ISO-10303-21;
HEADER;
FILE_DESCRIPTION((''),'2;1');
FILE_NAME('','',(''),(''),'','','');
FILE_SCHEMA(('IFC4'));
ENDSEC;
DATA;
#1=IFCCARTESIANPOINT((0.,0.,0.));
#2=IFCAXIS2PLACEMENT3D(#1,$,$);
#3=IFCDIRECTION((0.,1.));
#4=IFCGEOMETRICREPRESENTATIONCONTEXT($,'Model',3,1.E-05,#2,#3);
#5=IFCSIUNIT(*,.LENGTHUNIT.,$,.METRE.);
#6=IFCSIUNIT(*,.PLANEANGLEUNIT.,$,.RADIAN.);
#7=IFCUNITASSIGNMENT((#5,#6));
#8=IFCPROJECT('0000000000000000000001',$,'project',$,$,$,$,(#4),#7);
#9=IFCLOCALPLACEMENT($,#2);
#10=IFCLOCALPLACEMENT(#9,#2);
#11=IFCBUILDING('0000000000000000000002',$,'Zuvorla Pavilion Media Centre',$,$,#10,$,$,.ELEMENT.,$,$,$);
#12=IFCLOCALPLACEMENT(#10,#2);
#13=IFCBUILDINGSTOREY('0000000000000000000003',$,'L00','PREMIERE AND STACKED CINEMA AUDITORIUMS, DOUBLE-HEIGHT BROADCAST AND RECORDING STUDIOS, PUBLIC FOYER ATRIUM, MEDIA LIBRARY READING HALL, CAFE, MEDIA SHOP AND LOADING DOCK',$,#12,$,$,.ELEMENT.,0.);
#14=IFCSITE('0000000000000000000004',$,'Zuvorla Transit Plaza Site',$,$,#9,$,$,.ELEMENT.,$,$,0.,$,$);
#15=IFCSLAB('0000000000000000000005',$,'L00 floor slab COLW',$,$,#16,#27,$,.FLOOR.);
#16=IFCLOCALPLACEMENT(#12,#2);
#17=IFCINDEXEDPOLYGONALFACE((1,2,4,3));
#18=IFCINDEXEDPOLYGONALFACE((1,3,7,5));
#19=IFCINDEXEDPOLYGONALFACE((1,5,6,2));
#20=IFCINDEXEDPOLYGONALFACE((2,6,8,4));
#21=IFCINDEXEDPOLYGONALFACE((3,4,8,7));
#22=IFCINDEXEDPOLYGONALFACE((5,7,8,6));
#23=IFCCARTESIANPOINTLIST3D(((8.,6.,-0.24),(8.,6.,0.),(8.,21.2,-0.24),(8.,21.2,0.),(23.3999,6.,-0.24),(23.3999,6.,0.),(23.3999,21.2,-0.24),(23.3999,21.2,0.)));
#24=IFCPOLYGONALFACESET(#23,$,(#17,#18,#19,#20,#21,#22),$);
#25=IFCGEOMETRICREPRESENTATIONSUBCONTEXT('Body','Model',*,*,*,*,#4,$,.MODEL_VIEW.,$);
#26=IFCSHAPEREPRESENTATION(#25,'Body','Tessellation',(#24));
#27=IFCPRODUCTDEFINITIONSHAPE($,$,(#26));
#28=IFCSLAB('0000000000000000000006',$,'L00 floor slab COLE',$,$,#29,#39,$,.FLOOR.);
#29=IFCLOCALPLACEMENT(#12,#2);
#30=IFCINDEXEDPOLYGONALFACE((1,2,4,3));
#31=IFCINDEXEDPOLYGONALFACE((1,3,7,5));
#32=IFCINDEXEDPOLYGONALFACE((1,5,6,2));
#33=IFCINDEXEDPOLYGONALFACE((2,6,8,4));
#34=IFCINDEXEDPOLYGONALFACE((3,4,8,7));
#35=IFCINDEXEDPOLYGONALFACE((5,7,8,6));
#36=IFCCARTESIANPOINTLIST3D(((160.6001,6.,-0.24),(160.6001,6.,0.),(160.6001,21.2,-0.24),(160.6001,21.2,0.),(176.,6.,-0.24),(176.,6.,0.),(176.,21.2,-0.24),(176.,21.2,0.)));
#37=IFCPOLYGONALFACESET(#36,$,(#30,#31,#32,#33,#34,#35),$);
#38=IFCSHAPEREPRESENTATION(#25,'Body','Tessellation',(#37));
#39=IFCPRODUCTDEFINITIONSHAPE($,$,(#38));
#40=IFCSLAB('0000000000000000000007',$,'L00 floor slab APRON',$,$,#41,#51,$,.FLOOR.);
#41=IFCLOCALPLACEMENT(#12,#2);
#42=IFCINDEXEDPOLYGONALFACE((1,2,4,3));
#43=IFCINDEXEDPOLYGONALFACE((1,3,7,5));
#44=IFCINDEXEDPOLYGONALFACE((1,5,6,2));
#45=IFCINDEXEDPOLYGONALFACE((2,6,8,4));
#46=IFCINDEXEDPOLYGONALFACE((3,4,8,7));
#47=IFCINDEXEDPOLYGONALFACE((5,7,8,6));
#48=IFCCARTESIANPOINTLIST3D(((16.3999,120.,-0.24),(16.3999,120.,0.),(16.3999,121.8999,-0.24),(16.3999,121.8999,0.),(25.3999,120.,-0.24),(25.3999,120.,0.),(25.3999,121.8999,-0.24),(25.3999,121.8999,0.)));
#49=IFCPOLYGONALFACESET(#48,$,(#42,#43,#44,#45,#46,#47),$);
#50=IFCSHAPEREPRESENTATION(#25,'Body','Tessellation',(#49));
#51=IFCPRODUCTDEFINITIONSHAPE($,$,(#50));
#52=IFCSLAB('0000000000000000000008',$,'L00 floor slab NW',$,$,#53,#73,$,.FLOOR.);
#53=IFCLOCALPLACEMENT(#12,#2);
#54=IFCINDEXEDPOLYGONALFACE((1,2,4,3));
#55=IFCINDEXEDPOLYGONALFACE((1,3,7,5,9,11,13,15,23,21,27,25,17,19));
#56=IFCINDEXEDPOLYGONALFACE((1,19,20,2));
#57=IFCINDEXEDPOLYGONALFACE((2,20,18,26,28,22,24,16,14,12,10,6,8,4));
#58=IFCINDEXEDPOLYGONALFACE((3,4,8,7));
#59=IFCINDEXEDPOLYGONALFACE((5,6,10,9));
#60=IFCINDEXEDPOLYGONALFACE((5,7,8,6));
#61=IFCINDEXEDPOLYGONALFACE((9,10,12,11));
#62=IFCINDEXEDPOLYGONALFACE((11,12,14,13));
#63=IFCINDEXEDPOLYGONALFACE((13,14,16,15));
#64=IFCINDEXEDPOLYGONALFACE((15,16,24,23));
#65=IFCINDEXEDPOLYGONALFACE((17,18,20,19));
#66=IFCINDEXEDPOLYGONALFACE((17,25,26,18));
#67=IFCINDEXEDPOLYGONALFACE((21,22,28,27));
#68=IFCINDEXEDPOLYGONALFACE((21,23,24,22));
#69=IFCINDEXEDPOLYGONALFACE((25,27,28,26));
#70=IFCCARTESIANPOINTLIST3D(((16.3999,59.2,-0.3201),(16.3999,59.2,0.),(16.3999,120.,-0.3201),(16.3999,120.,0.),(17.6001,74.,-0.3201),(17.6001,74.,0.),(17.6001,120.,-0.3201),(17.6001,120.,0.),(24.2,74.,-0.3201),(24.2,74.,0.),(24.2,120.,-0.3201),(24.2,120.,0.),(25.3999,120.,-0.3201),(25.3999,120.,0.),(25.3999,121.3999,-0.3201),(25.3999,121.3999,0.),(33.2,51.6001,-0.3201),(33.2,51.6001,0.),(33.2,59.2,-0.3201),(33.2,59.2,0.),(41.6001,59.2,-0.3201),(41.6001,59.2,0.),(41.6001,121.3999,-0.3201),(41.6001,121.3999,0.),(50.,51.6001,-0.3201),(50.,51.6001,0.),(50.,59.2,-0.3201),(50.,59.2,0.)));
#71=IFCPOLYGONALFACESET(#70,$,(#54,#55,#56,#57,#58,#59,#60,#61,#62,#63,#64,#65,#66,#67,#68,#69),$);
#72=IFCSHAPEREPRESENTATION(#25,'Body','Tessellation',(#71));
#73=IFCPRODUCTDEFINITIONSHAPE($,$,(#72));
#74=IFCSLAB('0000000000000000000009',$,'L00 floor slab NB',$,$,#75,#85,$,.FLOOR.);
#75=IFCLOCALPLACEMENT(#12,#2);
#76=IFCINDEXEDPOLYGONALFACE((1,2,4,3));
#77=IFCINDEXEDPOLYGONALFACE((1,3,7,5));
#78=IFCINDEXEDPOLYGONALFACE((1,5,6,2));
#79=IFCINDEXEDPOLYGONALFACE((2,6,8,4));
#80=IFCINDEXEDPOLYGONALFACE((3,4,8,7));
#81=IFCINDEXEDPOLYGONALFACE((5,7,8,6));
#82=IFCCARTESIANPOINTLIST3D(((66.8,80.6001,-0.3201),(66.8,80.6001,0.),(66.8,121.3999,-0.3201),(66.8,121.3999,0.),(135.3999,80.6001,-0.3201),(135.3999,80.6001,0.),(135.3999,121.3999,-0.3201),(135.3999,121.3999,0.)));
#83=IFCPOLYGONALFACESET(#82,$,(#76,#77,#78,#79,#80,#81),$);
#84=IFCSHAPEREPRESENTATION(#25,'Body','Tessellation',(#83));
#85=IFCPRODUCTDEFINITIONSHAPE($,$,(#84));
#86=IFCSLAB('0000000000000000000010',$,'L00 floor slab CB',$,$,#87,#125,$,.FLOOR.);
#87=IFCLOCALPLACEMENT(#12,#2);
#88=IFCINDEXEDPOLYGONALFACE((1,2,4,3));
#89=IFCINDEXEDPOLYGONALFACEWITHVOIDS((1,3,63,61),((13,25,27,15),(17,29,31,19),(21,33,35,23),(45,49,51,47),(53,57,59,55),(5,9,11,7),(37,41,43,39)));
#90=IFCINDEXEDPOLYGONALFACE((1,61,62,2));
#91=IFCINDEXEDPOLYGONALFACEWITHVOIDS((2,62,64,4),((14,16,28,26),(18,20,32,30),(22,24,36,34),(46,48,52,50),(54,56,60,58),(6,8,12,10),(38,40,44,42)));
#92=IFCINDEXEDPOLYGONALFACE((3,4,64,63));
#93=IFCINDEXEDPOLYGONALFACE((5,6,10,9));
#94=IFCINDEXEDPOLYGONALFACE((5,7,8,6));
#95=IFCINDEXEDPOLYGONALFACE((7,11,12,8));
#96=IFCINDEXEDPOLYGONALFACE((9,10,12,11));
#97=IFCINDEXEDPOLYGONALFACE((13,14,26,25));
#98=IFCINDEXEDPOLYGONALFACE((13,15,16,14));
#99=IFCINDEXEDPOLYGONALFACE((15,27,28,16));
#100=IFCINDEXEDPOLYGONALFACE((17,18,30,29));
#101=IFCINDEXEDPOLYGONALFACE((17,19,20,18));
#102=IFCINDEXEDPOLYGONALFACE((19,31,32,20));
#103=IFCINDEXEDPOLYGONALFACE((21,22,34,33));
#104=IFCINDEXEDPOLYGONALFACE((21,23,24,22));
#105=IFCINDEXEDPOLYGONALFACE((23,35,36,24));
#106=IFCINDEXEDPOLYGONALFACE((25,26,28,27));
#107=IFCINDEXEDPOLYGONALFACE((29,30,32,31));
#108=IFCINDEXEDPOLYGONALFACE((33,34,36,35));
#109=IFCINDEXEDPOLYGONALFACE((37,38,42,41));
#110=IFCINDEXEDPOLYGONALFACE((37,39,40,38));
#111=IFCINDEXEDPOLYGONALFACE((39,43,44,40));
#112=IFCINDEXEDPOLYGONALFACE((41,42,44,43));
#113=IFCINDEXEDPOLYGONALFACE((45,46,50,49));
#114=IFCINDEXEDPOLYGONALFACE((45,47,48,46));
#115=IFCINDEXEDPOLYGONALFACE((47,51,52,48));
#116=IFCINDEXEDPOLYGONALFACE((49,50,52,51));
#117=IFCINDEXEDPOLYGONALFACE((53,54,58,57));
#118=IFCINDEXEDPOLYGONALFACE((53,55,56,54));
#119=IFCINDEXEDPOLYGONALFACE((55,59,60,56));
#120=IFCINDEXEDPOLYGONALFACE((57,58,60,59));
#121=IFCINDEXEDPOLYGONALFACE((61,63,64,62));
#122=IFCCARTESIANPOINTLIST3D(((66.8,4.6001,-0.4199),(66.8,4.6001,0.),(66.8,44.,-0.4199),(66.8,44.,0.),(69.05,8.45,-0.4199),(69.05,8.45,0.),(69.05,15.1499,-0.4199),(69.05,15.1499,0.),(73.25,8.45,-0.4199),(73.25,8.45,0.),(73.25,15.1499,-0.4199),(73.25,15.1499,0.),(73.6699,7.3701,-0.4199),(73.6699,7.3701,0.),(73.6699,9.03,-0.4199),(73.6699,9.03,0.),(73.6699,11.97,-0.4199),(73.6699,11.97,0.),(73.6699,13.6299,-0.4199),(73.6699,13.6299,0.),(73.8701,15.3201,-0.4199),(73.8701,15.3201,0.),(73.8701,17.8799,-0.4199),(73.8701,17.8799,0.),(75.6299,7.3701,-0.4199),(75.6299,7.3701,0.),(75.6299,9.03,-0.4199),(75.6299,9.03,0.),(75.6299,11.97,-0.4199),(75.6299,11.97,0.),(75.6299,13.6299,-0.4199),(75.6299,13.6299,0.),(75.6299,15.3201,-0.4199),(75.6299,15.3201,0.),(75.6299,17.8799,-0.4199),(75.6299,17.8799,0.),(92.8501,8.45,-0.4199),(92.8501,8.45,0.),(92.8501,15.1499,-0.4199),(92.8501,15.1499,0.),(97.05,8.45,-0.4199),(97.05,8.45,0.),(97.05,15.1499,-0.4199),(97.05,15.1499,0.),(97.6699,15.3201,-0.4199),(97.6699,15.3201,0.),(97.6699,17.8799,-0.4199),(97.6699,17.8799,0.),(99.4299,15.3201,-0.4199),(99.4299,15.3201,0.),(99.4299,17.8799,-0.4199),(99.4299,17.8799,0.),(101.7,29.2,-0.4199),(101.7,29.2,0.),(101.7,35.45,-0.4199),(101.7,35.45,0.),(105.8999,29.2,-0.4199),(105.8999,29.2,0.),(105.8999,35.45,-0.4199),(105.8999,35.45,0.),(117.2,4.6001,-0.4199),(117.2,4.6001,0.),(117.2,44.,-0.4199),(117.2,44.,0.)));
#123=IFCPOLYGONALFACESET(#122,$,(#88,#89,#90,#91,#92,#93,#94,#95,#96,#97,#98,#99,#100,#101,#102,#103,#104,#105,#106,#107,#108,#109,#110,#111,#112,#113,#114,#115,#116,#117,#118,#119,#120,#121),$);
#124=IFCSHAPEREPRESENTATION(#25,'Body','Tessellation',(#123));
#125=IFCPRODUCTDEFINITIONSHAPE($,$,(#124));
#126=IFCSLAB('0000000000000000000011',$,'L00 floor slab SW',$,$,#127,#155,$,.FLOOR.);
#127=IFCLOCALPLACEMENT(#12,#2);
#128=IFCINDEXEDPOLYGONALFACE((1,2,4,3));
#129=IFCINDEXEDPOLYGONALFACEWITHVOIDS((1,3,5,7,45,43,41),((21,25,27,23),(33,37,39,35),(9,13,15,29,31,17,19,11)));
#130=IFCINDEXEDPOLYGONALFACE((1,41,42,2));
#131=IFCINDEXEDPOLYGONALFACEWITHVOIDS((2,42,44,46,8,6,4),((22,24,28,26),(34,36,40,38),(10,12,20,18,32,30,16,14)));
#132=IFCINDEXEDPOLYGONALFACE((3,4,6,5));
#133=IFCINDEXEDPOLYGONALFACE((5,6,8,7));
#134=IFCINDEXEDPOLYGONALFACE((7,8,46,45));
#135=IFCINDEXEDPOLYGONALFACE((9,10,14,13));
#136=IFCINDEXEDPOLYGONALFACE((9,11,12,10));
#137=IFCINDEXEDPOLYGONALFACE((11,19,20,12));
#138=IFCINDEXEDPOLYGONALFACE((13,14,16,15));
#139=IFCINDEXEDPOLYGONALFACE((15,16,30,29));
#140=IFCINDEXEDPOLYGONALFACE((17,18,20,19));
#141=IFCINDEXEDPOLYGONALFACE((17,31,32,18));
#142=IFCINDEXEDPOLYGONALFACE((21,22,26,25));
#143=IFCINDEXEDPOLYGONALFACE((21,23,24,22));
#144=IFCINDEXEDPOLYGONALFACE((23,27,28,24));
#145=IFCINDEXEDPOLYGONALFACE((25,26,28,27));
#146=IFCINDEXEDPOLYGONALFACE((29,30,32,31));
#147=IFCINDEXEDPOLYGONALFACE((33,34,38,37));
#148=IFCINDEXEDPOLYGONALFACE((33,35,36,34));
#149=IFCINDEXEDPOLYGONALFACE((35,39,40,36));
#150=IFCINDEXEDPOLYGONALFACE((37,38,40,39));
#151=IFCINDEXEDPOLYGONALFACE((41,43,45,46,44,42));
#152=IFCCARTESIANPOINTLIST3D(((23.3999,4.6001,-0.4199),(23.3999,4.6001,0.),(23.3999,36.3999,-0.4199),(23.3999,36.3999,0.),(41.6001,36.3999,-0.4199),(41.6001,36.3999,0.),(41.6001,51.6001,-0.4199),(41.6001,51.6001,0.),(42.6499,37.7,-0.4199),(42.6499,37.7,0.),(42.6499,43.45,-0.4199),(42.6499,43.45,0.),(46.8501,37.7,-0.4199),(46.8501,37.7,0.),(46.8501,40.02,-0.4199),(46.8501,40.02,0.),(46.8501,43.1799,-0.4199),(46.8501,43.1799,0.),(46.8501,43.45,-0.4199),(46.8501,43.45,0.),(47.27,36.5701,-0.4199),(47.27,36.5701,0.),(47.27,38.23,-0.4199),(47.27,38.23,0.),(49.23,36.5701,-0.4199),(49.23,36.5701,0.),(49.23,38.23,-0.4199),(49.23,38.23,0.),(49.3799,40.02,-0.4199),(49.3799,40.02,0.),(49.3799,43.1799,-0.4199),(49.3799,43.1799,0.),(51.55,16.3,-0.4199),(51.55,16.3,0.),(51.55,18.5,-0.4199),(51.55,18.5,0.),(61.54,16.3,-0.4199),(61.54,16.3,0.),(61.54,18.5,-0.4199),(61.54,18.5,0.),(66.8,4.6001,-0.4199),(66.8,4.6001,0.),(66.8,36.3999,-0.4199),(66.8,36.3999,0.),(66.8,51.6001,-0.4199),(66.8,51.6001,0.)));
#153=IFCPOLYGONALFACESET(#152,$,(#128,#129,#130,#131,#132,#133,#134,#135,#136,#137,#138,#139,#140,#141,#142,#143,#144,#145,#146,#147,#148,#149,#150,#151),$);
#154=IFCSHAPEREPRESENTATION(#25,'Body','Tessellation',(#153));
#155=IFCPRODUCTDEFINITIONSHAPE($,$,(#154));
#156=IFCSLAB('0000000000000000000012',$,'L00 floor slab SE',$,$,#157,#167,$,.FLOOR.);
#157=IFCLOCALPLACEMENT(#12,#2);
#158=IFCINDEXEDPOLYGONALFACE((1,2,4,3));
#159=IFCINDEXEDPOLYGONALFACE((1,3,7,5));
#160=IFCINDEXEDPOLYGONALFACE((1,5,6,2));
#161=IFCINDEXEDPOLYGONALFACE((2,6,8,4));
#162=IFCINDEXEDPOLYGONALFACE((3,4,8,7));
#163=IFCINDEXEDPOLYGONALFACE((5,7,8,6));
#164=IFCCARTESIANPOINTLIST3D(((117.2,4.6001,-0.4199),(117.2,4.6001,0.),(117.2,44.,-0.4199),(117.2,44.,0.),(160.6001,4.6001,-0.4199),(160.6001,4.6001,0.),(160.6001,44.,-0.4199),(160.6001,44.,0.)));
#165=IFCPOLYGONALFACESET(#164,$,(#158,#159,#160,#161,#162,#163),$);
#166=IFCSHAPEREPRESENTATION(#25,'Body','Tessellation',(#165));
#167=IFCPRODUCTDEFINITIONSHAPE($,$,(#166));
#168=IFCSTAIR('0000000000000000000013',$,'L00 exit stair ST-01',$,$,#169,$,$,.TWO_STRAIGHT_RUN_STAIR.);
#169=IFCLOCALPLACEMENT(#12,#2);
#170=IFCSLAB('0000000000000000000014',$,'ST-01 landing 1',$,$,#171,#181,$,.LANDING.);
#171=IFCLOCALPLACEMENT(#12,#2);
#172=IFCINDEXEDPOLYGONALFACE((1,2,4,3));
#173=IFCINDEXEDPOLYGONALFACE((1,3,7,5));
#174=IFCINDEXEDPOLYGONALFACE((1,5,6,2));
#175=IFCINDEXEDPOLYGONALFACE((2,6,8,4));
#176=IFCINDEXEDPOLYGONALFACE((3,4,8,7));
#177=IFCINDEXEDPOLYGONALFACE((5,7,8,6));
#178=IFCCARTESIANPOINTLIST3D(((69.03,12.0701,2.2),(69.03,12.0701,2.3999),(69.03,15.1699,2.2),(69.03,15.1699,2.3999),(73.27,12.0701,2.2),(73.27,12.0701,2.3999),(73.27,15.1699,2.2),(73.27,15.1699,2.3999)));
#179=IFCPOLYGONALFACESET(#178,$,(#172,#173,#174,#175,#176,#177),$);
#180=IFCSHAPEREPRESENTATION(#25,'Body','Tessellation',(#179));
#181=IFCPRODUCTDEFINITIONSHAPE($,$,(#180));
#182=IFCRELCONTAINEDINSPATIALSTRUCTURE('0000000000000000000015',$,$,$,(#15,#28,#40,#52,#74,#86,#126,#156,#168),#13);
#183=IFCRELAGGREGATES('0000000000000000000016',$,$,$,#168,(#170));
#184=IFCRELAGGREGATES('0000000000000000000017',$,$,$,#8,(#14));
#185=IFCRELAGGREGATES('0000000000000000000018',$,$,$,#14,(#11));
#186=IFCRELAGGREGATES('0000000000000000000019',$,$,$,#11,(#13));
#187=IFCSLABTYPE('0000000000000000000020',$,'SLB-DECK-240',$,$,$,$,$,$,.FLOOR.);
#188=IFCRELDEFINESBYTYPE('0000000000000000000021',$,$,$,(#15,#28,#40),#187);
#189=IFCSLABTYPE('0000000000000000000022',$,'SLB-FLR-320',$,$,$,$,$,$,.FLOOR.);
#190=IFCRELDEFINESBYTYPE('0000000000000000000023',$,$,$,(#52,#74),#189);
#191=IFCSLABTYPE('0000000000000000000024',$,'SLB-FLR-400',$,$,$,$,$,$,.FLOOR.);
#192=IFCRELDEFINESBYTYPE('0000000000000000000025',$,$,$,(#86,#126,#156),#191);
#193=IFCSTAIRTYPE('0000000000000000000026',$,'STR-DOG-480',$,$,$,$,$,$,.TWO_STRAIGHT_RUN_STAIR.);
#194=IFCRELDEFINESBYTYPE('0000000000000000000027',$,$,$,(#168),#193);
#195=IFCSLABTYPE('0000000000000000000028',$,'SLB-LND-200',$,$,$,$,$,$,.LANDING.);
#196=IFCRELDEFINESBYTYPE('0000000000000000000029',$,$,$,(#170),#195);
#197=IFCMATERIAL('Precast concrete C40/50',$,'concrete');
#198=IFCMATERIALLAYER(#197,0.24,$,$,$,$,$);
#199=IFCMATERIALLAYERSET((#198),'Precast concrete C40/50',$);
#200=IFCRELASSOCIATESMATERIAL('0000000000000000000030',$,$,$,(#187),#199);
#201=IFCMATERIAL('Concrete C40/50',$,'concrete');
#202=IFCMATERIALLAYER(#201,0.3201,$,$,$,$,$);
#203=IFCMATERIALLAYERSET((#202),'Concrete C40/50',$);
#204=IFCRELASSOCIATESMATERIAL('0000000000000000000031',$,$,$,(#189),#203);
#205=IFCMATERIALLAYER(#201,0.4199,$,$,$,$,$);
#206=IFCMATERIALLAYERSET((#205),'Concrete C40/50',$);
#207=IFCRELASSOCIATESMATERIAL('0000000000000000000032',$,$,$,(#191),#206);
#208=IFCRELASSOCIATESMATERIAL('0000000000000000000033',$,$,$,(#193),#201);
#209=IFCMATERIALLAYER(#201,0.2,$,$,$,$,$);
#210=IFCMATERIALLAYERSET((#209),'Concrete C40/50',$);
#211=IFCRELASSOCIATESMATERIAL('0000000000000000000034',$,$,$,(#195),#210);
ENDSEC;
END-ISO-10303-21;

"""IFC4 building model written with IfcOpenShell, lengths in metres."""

from ifc_helpers import new_model, si_unit, direction, frame, origin, place, context, subcontext, project, spatial, polyline, outline, extrude, material, layer, layer_set, type_object, element, aggregate, save


model = new_model("IFC4")

# Units and contexts
model_context = context("Model", 3, precision=1e-05, world=origin(), true_north=direction((0.0, 1.0)))
body_context = subcontext(model_context, "Body", "Model", "MODEL_VIEW")
ifc_project = project(units=[si_unit("LENGTHUNIT", "METRE"), si_unit("PLANEANGLEUNIT", "RADIAN")], contexts=[model_context])

# Site, building, storey
site_placement = place(None, origin())
site = spatial("IfcSite", under=ifc_project, at=site_placement, Name="Zuvorla Transit Plaza Site", CompositionType="ELEMENT", RefElevation=0.0)
building_placement = place(site_placement, origin())
building = spatial("IfcBuilding", under=site, at=building_placement, Name="Zuvorla Pavilion Media Centre", CompositionType="ELEMENT")
storey_placement = place(building_placement, origin())
storey = spatial("IfcBuildingStorey", under=building, at=storey_placement, Name="L00", Description="PREMIERE AND STACKED CINEMA AUDITORIUMS, DOUBLE-HEIGHT BROADCAST AND RECORDING STUDIOS, PUBLIC FOYER ATRIUM, MEDIA LIBRARY READING HALL, CAFE, MEDIA SHOP AND LOADING DOCK", CompositionType="ELEMENT", Elevation=0.0)

# Slabs
ifc_material_1 = material(Name="Precast concrete C40/50", Category="concrete")
ifc_layer_1 = layer(ifc_material_1, 0.24)
ifc_layer_set_1 = layer_set([ifc_layer_1], Name="Precast concrete C40/50")
slab_type_1 = type_object("IfcSlabType", Name="SLB-DECK-240", PredefinedType="FLOOR", material=ifc_layer_set_1)
slab_1_placement = place(storey_placement, frame((0.0, 0.0, -0.24)))
element("IfcSlab", 1, at=slab_1_placement, inside=storey, type_object=slab_type_1, Name="L00 floor slab COLW", PredefinedType="FLOOR", context=body_context, shape_type="SweptSolid", body=[
    extrude(outline(polyline([(23.3999, 6.0), (23.3999, 21.2), (8.0, 21.2), (8.0, 6.0), (23.3999, 6.0)])), origin(), (0.0, 0.0, 1.0), 0.24),
])
slab_2_placement = place(storey_placement, frame((0.0, 0.0, -0.24)))
element("IfcSlab", 2, at=slab_2_placement, inside=storey, type_object=slab_type_1, Name="L00 floor slab COLE", PredefinedType="FLOOR", context=body_context, shape_type="SweptSolid", body=[
    extrude(outline(polyline([(176.0, 6.0), (176.0, 21.2), (160.6001, 21.2), (160.6001, 6.0), (176.0, 6.0)])), origin(), (0.0, 0.0, 1.0), 0.24),
])
slab_3_placement = place(storey_placement, frame((0.0, 0.0, -0.24)))
element("IfcSlab", 3, at=slab_3_placement, inside=storey, type_object=slab_type_1, Name="L00 floor slab APRON", PredefinedType="FLOOR", context=body_context, shape_type="SweptSolid", body=[
    extrude(outline(polyline([(25.3999, 120.0), (25.3999, 121.8999), (16.3999, 121.8999), (16.3999, 120.0), (25.3999, 120.0)])), origin(), (0.0, 0.0, 1.0), 0.24),
])
ifc_material_2 = material(Name="Concrete C40/50", Category="concrete")
ifc_layer_2 = layer(ifc_material_2, 0.3201)
ifc_layer_set_2 = layer_set([ifc_layer_2], Name="Concrete C40/50")
slab_type_2 = type_object("IfcSlabType", Name="SLB-FLR-320", PredefinedType="FLOOR", material=ifc_layer_set_2)
slab_4_placement = place(storey_placement, frame((0.0, 0.0, -0.3201)))
element("IfcSlab", 4, at=slab_4_placement, inside=storey, type_object=slab_type_2, Name="L00 floor slab NW", PredefinedType="FLOOR", context=body_context, shape_type="SweptSolid", body=[
    extrude(outline(polyline([(50.0, 59.2), (50.0, 51.6001), (33.2, 51.6001), (33.2, 59.2), (16.3999, 59.2), (16.3999, 120.0), (17.6001, 120.0), (17.6001, 74.0), (24.2, 74.0), (24.2, 120.0), (25.3999, 120.0), (25.3999, 121.3999), (41.6001, 121.3999), (41.6001, 59.2), (50.0, 59.2)])), origin(), (0.0, 0.0, 1.0), 0.3201),
])
slab_5_placement = place(storey_placement, frame((0.0, 0.0, -0.3201)))
element("IfcSlab", 5, at=slab_5_placement, inside=storey, type_object=slab_type_2, Name="L00 floor slab NB", PredefinedType="FLOOR", context=body_context, shape_type="SweptSolid", body=[
    extrude(outline(polyline([(135.3999, 80.6001), (135.3999, 121.3999), (66.8, 121.3999), (66.8, 80.6001), (135.3999, 80.6001)])), origin(), (0.0, 0.0, 1.0), 0.3201),
])
ifc_layer_3 = layer(ifc_material_2, 0.4199)
ifc_layer_set_3 = layer_set([ifc_layer_3], Name="Concrete C40/50")
slab_type_3 = type_object("IfcSlabType", Name="SLB-FLR-400", PredefinedType="FLOOR", material=ifc_layer_set_3)
slab_6_placement = place(storey_placement, frame((0.0, 0.0, -0.4199)))
element("IfcSlab", 6, at=slab_6_placement, inside=storey, type_object=slab_type_3, Name="L00 floor slab CB", PredefinedType="FLOOR", context=body_context, shape_type="SweptSolid", body=[
    extrude(outline(polyline([(66.8, 4.6001), (66.8, 44.0), (117.2, 44.0), (117.2, 4.6001), (66.8, 4.6001)]), holes=[polyline([(73.6699, 7.3701), (75.6299, 7.3701), (75.6299, 9.03), (73.6699, 9.03), (73.6699, 7.3701)]), polyline([(69.05, 15.1499), (69.05, 8.45), (73.25, 8.45), (73.25, 15.1499), (69.05, 15.1499)]), polyline([(92.8501, 15.1499), (92.8501, 8.45), (97.05, 8.45), (97.05, 15.1499), (92.8501, 15.1499)]), polyline([(73.6699, 13.6299), (73.6699, 11.97), (75.6299, 11.97), (75.6299, 13.6299), (73.6699, 13.6299)]), polyline([(73.8701, 17.8799), (73.8701, 15.3201), (75.6299, 15.3201), (75.6299, 17.8799), (73.8701, 17.8799)]), polyline([(97.6699, 17.8799), (97.6699, 15.3201), (99.4299, 15.3201), (99.4299, 17.8799), (97.6699, 17.8799)]), polyline([(101.7, 35.45), (101.7, 29.2), (105.8999, 29.2), (105.8999, 35.45), (101.7, 35.45)])]), origin(), (0.0, 0.0, 1.0), 0.4199),
])
slab_7_placement = place(storey_placement, frame((0.0, 0.0, -0.4199)))
element("IfcSlab", 7, at=slab_7_placement, inside=storey, type_object=slab_type_3, Name="L00 floor slab SW", PredefinedType="FLOOR", context=body_context, shape_type="SweptSolid", body=[
    extrude(outline(polyline([(23.3999, 4.6001), (23.3999, 36.3999), (41.6001, 36.3999), (41.6001, 51.6001), (66.8, 51.6001), (66.8, 36.3999), (66.8, 4.6001), (23.3999, 4.6001)]), holes=[polyline([(51.55, 16.3), (61.54, 16.3), (61.54, 18.5), (51.55, 18.5), (51.55, 16.3)]), polyline([(47.27, 36.5701), (49.23, 36.5701), (49.23, 38.23), (47.27, 38.23), (47.27, 36.5701)]), polyline([(46.8501, 37.7), (46.8501, 40.02), (49.3799, 40.02), (49.3799, 43.1799), (46.8501, 43.1799), (46.8501, 43.45), (42.6499, 43.45), (42.6499, 37.7), (46.8501, 37.7)])]), origin(), (0.0, 0.0, 1.0), 0.4199),
])
slab_8_placement = place(storey_placement, frame((0.0, 0.0, -0.4199)))
element("IfcSlab", 8, at=slab_8_placement, inside=storey, type_object=slab_type_3, Name="L00 floor slab SE", PredefinedType="FLOOR", context=body_context, shape_type="SweptSolid", body=[
    extrude(outline(polyline([(160.6001, 4.6001), (160.6001, 44.0), (117.2, 44.0), (117.2, 4.6001), (160.6001, 4.6001)])), origin(), (0.0, 0.0, 1.0), 0.4199),
])

# Stair, slab
stair_type = type_object("IfcStairType", Name="STR-DOG-480", PredefinedType="TWO_STRAIGHT_RUN_STAIR", material=ifc_material_2)
stair_1_placement = place(storey_placement, origin())
stair_1 = element("IfcStair", 9, at=stair_1_placement, inside=storey, type_object=stair_type, Name="L00 exit stair ST-01", PredefinedType="TWO_STRAIGHT_RUN_STAIR")
ifc_layer_4 = layer(ifc_material_2, 0.2)
ifc_layer_set_4 = layer_set([ifc_layer_4], Name="Concrete C40/50")
slab_type_4 = type_object("IfcSlabType", Name="SLB-LND-200", PredefinedType="LANDING", material=ifc_layer_set_4)
slab_9_placement = place(storey_placement, frame((0.0, 0.0, 2.2)))
slab_9 = element("IfcSlab", 10, at=slab_9_placement, type_object=slab_type_4, Name="ST-01 landing 1", PredefinedType="LANDING", context=body_context, shape_type="SweptSolid", body=[
    extrude(outline(polyline([(69.03, 12.0701), (73.27, 12.0701), (73.27, 15.1699), (69.03, 15.1699), (69.03, 12.0701)])), origin(), (0.0, 0.0, 1.0), 0.2),
])
aggregate(stair_1, [slab_9])

save(model, "model.ifc")
